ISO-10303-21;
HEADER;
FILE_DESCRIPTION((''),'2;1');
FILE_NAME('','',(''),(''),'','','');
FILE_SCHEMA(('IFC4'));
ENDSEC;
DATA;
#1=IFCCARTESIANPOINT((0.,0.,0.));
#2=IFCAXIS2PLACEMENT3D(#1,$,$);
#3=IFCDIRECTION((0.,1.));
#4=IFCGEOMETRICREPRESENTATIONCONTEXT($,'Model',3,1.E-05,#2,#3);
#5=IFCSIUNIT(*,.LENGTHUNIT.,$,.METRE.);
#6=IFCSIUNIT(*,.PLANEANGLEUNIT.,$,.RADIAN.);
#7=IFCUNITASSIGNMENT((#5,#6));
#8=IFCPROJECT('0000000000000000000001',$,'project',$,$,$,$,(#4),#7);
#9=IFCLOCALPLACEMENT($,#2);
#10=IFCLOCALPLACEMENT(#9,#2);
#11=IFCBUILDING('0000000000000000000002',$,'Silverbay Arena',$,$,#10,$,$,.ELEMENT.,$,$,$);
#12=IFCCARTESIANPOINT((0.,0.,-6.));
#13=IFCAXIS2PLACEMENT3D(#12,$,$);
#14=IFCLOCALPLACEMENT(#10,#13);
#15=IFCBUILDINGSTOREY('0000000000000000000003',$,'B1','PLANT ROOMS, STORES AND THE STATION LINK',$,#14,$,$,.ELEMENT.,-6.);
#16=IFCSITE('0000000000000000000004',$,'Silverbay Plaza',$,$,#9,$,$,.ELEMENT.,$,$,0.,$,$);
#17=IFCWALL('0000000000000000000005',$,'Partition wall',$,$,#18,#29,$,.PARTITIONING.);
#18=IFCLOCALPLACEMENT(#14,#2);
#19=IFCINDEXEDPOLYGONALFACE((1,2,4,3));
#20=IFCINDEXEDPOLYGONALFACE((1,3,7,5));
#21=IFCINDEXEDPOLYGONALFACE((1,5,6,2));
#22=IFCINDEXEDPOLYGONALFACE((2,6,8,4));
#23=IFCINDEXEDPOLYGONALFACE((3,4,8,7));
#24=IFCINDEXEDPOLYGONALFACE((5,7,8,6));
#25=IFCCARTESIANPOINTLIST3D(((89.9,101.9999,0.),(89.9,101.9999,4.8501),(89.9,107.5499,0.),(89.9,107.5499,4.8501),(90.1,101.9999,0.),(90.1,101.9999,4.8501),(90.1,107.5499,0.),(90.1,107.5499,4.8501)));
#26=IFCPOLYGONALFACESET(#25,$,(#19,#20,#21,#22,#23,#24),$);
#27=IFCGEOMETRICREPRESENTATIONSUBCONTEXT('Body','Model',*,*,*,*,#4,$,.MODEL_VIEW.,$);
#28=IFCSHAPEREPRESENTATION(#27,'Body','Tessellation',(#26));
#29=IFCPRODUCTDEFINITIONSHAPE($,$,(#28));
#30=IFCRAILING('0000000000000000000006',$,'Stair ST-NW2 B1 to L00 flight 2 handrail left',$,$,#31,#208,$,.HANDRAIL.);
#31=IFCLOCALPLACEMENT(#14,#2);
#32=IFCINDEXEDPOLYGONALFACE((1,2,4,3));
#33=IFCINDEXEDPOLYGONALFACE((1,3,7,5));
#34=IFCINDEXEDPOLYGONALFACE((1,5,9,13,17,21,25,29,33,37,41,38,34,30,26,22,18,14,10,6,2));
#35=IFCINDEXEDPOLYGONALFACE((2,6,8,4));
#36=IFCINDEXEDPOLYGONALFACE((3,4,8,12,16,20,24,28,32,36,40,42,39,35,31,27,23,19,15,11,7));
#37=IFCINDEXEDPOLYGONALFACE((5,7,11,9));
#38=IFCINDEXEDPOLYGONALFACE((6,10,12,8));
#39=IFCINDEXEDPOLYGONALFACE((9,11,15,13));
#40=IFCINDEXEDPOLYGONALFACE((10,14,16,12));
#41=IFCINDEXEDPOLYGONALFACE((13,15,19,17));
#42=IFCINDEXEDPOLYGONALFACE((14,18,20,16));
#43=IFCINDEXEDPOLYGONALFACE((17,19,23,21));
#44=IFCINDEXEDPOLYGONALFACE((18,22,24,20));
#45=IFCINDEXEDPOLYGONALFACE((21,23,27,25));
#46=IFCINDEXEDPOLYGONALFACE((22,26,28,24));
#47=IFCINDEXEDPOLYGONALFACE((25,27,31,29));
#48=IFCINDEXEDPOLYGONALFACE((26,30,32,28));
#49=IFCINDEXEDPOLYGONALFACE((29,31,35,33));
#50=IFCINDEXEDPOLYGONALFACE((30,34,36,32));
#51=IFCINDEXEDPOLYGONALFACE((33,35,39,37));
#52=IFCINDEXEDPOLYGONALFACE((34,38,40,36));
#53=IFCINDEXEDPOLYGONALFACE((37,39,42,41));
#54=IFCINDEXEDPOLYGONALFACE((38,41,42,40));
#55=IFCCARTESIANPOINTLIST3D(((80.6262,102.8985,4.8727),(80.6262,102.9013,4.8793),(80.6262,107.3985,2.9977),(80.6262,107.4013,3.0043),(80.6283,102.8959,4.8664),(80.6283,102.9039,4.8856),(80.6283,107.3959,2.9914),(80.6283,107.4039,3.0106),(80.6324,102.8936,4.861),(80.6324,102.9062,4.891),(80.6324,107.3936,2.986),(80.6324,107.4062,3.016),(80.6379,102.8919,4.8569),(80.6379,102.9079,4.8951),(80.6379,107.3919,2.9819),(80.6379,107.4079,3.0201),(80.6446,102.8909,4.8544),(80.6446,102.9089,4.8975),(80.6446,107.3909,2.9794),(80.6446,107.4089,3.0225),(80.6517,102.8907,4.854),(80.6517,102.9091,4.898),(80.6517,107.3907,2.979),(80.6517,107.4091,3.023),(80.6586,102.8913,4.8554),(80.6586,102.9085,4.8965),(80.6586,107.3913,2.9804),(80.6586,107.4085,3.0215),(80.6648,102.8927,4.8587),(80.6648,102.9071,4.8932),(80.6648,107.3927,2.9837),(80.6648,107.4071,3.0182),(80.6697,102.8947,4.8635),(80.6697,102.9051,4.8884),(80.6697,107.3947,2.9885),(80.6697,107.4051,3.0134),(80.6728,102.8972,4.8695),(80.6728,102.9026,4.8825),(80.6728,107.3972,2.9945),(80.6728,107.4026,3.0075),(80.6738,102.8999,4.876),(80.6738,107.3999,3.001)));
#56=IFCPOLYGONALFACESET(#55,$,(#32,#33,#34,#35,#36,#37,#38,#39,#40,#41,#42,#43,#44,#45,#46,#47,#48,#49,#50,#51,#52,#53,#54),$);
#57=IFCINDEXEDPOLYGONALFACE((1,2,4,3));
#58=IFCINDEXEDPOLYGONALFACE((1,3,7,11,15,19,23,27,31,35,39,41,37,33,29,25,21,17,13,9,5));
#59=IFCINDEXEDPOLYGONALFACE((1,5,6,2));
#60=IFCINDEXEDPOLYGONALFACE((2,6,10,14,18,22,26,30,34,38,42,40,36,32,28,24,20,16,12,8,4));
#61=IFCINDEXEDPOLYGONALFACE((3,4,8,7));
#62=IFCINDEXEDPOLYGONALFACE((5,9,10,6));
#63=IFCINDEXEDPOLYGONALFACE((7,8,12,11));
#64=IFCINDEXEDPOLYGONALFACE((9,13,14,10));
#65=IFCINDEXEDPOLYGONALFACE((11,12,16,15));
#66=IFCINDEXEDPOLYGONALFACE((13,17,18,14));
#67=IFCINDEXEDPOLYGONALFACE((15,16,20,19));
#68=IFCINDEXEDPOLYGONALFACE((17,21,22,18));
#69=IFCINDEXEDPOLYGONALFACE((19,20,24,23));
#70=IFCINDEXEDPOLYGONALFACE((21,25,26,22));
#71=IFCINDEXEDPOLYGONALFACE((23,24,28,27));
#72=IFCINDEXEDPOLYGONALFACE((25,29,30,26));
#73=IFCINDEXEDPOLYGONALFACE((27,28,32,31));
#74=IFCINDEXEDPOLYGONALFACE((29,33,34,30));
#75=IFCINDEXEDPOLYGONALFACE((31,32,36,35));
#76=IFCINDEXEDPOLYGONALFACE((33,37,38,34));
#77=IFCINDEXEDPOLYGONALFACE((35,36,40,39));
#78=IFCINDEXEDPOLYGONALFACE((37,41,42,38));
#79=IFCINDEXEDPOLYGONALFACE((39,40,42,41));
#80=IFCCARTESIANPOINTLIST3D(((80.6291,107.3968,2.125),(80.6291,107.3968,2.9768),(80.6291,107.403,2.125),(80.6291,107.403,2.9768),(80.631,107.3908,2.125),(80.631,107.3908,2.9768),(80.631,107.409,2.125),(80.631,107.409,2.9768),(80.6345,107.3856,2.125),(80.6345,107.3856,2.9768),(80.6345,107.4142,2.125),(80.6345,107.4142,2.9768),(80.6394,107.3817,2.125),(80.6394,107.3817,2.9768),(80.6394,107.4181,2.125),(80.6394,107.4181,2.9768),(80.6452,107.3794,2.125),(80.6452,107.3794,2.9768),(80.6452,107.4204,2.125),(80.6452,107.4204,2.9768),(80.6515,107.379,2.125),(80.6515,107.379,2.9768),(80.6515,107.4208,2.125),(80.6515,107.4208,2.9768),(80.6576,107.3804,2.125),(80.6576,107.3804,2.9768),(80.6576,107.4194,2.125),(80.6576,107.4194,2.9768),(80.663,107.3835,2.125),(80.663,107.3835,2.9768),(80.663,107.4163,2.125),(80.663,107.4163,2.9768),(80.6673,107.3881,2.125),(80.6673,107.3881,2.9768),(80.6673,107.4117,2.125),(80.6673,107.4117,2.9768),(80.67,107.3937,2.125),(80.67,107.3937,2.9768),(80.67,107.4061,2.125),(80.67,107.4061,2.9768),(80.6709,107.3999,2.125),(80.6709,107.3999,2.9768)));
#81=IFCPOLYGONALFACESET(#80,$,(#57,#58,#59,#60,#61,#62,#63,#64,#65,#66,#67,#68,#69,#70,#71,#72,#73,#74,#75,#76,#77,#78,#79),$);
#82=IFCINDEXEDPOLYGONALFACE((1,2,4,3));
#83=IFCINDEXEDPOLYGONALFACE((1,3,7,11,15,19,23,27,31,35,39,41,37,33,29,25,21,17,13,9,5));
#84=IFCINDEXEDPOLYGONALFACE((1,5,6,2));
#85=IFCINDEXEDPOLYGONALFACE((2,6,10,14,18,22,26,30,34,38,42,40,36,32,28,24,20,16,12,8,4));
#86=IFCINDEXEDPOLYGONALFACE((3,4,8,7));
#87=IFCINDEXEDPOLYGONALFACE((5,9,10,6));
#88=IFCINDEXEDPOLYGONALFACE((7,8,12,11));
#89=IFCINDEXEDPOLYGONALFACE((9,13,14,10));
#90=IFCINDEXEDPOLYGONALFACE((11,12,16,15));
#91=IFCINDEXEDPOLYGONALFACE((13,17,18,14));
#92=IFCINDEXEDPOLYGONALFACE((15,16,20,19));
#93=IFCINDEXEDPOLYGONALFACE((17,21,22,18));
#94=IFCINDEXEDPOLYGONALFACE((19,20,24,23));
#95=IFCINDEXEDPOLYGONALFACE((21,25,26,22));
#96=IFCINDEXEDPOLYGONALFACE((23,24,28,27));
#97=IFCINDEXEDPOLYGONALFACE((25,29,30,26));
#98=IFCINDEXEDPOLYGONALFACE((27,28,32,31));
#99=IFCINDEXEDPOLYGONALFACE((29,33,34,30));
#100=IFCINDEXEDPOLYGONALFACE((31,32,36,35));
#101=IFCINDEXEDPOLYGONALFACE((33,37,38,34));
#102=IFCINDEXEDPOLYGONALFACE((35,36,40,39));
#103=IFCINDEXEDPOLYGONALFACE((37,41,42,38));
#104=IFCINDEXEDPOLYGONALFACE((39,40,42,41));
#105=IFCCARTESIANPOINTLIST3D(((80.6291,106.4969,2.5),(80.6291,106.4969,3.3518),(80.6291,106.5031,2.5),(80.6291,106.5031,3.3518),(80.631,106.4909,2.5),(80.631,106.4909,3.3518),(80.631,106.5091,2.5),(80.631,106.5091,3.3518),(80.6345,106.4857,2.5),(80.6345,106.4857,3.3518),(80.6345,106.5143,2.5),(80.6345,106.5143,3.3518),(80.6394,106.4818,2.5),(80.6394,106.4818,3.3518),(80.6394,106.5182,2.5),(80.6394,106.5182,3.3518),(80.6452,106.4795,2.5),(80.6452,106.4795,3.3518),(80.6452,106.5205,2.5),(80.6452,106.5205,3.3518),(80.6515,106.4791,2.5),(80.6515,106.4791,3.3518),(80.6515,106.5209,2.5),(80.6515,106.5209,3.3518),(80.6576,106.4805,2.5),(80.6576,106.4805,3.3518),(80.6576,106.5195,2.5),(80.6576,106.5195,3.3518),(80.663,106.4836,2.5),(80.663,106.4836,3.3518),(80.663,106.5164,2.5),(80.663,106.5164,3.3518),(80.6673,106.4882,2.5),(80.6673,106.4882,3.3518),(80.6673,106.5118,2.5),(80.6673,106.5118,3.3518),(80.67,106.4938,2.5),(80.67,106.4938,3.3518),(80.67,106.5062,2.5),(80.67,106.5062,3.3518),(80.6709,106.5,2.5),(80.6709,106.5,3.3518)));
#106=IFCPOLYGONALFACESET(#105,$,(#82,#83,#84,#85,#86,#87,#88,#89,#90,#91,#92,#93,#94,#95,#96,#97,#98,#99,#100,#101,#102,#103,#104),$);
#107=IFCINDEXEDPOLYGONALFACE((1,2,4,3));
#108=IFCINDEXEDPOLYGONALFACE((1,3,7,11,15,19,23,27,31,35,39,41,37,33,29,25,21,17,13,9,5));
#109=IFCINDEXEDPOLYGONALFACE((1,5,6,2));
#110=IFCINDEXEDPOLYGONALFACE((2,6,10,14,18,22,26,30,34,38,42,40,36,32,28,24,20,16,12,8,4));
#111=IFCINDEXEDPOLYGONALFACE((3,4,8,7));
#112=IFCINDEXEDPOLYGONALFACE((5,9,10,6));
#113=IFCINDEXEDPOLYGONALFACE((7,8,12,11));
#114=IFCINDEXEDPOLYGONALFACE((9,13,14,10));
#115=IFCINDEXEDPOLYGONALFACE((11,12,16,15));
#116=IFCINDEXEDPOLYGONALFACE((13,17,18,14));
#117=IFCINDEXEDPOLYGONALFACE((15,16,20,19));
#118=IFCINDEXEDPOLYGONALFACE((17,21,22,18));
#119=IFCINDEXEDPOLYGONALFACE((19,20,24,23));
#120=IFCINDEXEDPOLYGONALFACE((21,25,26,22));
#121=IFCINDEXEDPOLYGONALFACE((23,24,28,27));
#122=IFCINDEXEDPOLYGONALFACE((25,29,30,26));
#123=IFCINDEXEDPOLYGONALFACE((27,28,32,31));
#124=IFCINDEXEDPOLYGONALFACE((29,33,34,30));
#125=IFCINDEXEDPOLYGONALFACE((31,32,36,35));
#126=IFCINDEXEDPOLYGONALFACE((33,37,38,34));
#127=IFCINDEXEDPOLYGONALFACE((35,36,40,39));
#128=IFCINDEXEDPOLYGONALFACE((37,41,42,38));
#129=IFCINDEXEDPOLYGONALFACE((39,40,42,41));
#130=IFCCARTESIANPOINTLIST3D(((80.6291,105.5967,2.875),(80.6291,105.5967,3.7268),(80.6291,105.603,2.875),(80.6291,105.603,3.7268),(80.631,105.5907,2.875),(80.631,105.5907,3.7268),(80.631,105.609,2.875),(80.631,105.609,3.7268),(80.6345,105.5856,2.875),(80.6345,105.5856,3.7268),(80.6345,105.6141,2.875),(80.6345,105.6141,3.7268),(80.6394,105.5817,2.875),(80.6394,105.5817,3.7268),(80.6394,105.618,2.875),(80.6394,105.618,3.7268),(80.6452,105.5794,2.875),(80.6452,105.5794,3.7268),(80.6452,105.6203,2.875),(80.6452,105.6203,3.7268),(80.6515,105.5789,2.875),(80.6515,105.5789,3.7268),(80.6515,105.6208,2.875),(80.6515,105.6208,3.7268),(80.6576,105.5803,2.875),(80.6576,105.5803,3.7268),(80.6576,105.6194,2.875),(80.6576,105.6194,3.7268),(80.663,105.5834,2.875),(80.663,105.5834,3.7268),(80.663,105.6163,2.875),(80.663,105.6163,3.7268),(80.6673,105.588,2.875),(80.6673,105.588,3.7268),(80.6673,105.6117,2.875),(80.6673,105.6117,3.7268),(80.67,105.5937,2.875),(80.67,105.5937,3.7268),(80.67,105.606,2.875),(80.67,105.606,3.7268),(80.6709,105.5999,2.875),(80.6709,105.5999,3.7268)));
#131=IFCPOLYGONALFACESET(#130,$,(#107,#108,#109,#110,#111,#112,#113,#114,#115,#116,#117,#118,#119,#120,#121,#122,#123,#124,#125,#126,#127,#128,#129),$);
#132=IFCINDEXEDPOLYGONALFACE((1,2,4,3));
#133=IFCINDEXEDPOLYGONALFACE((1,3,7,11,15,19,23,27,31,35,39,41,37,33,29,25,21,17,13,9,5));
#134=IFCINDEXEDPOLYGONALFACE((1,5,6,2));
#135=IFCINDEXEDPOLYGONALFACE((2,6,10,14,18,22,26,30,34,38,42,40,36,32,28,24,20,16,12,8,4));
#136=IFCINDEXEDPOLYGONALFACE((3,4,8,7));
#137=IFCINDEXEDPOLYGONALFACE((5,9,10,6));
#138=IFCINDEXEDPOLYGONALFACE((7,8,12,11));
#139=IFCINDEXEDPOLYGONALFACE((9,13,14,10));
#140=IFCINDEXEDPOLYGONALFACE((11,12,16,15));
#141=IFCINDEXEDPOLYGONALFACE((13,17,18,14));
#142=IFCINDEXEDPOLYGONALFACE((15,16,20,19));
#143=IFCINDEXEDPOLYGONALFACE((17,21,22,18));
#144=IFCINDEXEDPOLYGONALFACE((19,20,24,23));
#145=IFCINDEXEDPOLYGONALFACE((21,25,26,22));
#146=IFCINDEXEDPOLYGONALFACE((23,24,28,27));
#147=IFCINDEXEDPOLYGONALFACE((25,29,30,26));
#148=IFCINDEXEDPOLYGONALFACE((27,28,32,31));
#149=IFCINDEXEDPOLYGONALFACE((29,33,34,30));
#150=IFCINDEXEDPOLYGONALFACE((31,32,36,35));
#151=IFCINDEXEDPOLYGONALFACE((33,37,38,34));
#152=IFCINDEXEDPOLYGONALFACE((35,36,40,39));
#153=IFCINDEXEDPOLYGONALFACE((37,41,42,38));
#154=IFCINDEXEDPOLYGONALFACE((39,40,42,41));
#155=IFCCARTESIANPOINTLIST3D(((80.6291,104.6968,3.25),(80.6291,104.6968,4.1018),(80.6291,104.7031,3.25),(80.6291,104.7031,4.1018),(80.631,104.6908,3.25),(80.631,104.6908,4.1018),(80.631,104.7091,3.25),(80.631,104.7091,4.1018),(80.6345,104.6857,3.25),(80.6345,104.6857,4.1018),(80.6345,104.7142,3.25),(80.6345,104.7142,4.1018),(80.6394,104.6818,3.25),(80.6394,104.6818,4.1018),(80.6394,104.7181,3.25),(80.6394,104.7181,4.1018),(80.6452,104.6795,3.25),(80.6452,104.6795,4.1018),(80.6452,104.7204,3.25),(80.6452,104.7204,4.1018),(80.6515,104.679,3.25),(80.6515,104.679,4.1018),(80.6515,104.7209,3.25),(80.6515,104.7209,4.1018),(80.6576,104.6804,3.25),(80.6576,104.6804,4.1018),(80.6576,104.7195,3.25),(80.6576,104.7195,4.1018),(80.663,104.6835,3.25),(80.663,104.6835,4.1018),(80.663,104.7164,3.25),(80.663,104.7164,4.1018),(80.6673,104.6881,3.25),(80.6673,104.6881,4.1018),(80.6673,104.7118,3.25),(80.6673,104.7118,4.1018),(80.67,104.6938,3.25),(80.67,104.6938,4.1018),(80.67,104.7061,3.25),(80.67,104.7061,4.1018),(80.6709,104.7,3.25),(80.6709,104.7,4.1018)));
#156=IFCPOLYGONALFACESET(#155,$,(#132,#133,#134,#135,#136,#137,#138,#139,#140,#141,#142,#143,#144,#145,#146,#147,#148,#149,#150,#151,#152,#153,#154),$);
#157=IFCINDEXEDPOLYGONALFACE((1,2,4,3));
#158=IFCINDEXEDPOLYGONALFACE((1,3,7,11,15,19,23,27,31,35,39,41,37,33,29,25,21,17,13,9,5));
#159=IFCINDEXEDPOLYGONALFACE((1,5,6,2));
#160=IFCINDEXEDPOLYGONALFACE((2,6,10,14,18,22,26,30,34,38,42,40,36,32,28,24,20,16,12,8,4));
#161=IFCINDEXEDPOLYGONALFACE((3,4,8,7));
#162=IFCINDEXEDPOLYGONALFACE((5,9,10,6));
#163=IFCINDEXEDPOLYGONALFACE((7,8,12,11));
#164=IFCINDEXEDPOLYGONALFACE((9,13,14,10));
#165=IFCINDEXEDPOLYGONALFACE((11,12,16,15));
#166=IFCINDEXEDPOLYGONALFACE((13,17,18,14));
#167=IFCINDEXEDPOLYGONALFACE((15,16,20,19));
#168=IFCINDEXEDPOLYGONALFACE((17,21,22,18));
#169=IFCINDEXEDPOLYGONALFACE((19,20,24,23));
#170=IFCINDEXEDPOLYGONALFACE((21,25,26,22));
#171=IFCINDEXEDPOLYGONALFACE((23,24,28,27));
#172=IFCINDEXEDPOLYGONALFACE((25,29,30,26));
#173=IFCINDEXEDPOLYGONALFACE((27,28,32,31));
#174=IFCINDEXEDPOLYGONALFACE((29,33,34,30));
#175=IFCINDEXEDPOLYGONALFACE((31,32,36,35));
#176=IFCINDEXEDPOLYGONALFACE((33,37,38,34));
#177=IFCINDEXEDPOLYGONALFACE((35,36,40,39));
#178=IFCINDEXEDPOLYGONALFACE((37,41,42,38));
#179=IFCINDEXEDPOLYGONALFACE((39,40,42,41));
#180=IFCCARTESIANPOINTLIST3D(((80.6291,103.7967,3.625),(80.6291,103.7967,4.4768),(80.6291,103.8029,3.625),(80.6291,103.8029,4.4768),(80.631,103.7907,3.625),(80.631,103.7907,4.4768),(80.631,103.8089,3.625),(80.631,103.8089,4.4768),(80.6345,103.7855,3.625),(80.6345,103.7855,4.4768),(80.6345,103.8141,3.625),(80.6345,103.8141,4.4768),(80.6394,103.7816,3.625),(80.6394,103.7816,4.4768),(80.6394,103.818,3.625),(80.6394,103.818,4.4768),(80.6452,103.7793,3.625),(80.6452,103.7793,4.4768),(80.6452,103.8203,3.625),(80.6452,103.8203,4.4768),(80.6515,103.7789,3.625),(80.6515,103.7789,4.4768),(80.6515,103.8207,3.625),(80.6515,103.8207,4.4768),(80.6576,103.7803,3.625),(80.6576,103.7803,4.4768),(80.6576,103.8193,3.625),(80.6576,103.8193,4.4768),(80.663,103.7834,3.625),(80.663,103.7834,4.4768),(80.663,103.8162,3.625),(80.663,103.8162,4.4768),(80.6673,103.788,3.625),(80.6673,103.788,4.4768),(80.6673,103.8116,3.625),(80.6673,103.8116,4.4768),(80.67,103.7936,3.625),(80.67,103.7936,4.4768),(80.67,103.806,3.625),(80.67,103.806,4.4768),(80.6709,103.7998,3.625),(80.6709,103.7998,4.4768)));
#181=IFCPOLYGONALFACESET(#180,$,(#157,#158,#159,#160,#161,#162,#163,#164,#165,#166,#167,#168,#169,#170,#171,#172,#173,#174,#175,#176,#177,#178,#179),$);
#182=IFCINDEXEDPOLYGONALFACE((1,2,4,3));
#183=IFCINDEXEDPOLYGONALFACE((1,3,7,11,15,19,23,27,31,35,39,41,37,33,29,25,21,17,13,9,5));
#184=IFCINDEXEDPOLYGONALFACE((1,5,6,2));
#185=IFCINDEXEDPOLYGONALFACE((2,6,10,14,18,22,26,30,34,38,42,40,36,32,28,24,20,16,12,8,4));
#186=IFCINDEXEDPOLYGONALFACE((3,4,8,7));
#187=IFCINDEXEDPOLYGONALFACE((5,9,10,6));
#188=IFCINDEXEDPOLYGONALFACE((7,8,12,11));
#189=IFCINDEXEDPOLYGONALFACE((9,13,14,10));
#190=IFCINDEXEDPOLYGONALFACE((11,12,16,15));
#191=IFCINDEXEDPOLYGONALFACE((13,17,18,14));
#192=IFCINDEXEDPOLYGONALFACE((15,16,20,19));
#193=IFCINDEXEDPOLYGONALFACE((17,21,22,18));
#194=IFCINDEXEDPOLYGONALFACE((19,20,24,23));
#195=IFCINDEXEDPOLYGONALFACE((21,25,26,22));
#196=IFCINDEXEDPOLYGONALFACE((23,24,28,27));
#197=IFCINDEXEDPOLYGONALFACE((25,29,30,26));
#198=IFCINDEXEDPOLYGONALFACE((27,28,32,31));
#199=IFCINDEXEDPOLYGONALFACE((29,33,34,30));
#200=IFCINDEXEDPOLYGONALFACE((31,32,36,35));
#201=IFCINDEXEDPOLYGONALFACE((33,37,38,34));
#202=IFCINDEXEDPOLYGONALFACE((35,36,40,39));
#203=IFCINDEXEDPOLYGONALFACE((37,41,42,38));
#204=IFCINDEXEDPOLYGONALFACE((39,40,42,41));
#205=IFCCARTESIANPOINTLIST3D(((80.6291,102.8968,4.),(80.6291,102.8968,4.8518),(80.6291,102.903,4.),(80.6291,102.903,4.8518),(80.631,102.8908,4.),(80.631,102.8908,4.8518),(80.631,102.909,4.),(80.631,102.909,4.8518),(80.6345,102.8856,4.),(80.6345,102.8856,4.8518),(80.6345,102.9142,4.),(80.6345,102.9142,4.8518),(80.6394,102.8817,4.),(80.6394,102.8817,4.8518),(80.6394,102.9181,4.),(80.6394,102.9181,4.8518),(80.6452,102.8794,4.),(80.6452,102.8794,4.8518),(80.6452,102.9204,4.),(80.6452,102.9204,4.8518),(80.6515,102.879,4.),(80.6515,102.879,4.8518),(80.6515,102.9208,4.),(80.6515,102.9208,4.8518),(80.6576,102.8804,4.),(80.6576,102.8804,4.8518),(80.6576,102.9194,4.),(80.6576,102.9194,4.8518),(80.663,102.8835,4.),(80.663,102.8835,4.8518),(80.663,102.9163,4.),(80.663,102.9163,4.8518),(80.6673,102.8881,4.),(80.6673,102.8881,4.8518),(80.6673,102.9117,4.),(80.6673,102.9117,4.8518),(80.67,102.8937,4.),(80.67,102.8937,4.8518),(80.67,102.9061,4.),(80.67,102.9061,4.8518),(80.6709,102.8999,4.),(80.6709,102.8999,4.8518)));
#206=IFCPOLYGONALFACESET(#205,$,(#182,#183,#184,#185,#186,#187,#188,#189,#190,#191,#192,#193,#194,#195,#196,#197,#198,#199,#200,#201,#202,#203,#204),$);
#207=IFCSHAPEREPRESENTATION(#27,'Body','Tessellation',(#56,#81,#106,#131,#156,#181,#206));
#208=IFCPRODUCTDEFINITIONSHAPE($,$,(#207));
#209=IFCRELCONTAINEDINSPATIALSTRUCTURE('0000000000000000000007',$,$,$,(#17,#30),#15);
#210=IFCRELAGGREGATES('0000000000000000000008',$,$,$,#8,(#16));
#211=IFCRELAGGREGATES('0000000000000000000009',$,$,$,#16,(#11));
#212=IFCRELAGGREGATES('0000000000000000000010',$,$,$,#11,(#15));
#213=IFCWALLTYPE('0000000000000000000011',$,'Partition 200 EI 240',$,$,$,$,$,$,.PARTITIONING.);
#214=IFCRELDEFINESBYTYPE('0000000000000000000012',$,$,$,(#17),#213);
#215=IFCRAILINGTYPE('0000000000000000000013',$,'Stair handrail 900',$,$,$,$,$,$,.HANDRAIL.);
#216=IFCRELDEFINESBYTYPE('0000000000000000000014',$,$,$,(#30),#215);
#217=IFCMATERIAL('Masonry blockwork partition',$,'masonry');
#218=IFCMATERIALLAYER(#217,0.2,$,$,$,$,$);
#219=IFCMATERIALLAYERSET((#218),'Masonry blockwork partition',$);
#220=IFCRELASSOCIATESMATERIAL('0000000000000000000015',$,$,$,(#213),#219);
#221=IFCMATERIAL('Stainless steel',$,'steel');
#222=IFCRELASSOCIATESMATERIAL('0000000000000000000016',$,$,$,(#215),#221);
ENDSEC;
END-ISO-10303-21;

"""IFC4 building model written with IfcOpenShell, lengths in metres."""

from ifc_helpers import new_model, si_unit, direction, frame, frame_2d, origin, origin_2d, place, context, subcontext, project, spatial, rectangle, circle, extrude, material, layer, layer_set, type_object, element, save


model = new_model("IFC4")

# Units and contexts
model_context = context("Model", 3, precision=1e-05, world=origin(), true_north=direction((0.0, 1.0)))
body_context = subcontext(model_context, "Body", "Model", "MODEL_VIEW")
ifc_project = project(units=[si_unit("LENGTHUNIT", "METRE"), si_unit("PLANEANGLEUNIT", "RADIAN")], contexts=[model_context])

# Site, building, storey
site_placement = place(None, origin())
site = spatial("IfcSite", under=ifc_project, at=site_placement, Name="Silverbay Plaza", CompositionType="ELEMENT", RefElevation=0.0)
building_placement = place(site_placement, origin())
building = spatial("IfcBuilding", under=site, at=building_placement, Name="Silverbay Arena", CompositionType="ELEMENT")
storey_placement = place(building_placement, frame((0.0, 0.0, -6.0)))
storey = spatial("IfcBuildingStorey", under=building, at=storey_placement, Name="B1", Description="PLANT ROOMS, STORES AND THE STATION LINK", CompositionType="ELEMENT", Elevation=-6.0)

# Shared definitions
ifc_material_1 = material(Name="Masonry blockwork partition", Category="masonry")
ifc_layer_1 = layer(ifc_material_1, 0.2)
ifc_layer_set_1 = layer_set([ifc_layer_1], Name="Masonry blockwork partition")
wall_type_1 = type_object("IfcWallType", Name="Partition 200 EI 240", PredefinedType="PARTITIONING", material=ifc_layer_set_1)

# Wall
wall_1_placement = place(storey_placement, frame((90.0, 102.0, 0.0), z_axis=(0.0, 0.0, 1.0), x_axis=(0.0, 1.0, 0.0)))
element("IfcWall", 1, at=wall_1_placement, inside=storey, type_object=wall_type_1, Name="Partition wall", PredefinedType="PARTITIONING", context=body_context, shape_type="SweptSolid", body=[
    extrude(rectangle(XDim=5.55, YDim=0.2, at=frame_2d((2.7749, 0.0))), origin(), (0.0, 0.0, 1.0), 4.8501),
])

# Railing
ifc_material_2 = material(Name="Stainless steel", Category="steel")
railing_type = type_object("IfcRailingType", Name="Stair handrail 900", PredefinedType="HANDRAIL", material=ifc_material_2)
railing_1_placement = place(storey_placement, frame((80.6499, 107.3999, 2.125)))
element("IfcRailing", 2, at=railing_1_placement, inside=storey, type_object=railing_type, Name="Stair ST-NW2 B1 to L00 flight 2 handrail left", PredefinedType="HANDRAIL", context=body_context, shape_type="SweptSolid", body=[
    extrude(circle(Radius=0.0239, at=origin_2d()), frame((0.0, 0.0, 0.876), z_axis=(0.0, -0.923077, 0.384615), x_axis=(1.0, 0.0, 0.0)), (0.0, 0.0, 1.0), 4.875),
    extrude(circle(Radius=0.021, at=origin_2d()), origin(), (0.0, 0.0, 1.0), 0.8518),
    extrude(circle(Radius=0.021, at=origin_2d()), frame((0.0, -0.8999, 0.375)), (0.0, 0.0, 1.0), 0.8518),
    extrude(circle(Radius=0.021, at=origin_2d()), frame((0.0, -1.8, 0.75)), (0.0, 0.0, 1.0), 0.8518),
    extrude(circle(Radius=0.021, at=origin_2d()), frame((0.0, -2.7, 1.125)), (0.0, 0.0, 1.0), 0.8518),
    extrude(circle(Radius=0.021, at=origin_2d()), frame((0.0, -3.6001, 1.5)), (0.0, 0.0, 1.0), 0.8518),
    extrude(circle(Radius=0.021, at=origin_2d()), frame((0.0, -4.5, 1.875)), (0.0, 0.0, 1.0), 0.8518),
])

save(model, "model.ifc")
